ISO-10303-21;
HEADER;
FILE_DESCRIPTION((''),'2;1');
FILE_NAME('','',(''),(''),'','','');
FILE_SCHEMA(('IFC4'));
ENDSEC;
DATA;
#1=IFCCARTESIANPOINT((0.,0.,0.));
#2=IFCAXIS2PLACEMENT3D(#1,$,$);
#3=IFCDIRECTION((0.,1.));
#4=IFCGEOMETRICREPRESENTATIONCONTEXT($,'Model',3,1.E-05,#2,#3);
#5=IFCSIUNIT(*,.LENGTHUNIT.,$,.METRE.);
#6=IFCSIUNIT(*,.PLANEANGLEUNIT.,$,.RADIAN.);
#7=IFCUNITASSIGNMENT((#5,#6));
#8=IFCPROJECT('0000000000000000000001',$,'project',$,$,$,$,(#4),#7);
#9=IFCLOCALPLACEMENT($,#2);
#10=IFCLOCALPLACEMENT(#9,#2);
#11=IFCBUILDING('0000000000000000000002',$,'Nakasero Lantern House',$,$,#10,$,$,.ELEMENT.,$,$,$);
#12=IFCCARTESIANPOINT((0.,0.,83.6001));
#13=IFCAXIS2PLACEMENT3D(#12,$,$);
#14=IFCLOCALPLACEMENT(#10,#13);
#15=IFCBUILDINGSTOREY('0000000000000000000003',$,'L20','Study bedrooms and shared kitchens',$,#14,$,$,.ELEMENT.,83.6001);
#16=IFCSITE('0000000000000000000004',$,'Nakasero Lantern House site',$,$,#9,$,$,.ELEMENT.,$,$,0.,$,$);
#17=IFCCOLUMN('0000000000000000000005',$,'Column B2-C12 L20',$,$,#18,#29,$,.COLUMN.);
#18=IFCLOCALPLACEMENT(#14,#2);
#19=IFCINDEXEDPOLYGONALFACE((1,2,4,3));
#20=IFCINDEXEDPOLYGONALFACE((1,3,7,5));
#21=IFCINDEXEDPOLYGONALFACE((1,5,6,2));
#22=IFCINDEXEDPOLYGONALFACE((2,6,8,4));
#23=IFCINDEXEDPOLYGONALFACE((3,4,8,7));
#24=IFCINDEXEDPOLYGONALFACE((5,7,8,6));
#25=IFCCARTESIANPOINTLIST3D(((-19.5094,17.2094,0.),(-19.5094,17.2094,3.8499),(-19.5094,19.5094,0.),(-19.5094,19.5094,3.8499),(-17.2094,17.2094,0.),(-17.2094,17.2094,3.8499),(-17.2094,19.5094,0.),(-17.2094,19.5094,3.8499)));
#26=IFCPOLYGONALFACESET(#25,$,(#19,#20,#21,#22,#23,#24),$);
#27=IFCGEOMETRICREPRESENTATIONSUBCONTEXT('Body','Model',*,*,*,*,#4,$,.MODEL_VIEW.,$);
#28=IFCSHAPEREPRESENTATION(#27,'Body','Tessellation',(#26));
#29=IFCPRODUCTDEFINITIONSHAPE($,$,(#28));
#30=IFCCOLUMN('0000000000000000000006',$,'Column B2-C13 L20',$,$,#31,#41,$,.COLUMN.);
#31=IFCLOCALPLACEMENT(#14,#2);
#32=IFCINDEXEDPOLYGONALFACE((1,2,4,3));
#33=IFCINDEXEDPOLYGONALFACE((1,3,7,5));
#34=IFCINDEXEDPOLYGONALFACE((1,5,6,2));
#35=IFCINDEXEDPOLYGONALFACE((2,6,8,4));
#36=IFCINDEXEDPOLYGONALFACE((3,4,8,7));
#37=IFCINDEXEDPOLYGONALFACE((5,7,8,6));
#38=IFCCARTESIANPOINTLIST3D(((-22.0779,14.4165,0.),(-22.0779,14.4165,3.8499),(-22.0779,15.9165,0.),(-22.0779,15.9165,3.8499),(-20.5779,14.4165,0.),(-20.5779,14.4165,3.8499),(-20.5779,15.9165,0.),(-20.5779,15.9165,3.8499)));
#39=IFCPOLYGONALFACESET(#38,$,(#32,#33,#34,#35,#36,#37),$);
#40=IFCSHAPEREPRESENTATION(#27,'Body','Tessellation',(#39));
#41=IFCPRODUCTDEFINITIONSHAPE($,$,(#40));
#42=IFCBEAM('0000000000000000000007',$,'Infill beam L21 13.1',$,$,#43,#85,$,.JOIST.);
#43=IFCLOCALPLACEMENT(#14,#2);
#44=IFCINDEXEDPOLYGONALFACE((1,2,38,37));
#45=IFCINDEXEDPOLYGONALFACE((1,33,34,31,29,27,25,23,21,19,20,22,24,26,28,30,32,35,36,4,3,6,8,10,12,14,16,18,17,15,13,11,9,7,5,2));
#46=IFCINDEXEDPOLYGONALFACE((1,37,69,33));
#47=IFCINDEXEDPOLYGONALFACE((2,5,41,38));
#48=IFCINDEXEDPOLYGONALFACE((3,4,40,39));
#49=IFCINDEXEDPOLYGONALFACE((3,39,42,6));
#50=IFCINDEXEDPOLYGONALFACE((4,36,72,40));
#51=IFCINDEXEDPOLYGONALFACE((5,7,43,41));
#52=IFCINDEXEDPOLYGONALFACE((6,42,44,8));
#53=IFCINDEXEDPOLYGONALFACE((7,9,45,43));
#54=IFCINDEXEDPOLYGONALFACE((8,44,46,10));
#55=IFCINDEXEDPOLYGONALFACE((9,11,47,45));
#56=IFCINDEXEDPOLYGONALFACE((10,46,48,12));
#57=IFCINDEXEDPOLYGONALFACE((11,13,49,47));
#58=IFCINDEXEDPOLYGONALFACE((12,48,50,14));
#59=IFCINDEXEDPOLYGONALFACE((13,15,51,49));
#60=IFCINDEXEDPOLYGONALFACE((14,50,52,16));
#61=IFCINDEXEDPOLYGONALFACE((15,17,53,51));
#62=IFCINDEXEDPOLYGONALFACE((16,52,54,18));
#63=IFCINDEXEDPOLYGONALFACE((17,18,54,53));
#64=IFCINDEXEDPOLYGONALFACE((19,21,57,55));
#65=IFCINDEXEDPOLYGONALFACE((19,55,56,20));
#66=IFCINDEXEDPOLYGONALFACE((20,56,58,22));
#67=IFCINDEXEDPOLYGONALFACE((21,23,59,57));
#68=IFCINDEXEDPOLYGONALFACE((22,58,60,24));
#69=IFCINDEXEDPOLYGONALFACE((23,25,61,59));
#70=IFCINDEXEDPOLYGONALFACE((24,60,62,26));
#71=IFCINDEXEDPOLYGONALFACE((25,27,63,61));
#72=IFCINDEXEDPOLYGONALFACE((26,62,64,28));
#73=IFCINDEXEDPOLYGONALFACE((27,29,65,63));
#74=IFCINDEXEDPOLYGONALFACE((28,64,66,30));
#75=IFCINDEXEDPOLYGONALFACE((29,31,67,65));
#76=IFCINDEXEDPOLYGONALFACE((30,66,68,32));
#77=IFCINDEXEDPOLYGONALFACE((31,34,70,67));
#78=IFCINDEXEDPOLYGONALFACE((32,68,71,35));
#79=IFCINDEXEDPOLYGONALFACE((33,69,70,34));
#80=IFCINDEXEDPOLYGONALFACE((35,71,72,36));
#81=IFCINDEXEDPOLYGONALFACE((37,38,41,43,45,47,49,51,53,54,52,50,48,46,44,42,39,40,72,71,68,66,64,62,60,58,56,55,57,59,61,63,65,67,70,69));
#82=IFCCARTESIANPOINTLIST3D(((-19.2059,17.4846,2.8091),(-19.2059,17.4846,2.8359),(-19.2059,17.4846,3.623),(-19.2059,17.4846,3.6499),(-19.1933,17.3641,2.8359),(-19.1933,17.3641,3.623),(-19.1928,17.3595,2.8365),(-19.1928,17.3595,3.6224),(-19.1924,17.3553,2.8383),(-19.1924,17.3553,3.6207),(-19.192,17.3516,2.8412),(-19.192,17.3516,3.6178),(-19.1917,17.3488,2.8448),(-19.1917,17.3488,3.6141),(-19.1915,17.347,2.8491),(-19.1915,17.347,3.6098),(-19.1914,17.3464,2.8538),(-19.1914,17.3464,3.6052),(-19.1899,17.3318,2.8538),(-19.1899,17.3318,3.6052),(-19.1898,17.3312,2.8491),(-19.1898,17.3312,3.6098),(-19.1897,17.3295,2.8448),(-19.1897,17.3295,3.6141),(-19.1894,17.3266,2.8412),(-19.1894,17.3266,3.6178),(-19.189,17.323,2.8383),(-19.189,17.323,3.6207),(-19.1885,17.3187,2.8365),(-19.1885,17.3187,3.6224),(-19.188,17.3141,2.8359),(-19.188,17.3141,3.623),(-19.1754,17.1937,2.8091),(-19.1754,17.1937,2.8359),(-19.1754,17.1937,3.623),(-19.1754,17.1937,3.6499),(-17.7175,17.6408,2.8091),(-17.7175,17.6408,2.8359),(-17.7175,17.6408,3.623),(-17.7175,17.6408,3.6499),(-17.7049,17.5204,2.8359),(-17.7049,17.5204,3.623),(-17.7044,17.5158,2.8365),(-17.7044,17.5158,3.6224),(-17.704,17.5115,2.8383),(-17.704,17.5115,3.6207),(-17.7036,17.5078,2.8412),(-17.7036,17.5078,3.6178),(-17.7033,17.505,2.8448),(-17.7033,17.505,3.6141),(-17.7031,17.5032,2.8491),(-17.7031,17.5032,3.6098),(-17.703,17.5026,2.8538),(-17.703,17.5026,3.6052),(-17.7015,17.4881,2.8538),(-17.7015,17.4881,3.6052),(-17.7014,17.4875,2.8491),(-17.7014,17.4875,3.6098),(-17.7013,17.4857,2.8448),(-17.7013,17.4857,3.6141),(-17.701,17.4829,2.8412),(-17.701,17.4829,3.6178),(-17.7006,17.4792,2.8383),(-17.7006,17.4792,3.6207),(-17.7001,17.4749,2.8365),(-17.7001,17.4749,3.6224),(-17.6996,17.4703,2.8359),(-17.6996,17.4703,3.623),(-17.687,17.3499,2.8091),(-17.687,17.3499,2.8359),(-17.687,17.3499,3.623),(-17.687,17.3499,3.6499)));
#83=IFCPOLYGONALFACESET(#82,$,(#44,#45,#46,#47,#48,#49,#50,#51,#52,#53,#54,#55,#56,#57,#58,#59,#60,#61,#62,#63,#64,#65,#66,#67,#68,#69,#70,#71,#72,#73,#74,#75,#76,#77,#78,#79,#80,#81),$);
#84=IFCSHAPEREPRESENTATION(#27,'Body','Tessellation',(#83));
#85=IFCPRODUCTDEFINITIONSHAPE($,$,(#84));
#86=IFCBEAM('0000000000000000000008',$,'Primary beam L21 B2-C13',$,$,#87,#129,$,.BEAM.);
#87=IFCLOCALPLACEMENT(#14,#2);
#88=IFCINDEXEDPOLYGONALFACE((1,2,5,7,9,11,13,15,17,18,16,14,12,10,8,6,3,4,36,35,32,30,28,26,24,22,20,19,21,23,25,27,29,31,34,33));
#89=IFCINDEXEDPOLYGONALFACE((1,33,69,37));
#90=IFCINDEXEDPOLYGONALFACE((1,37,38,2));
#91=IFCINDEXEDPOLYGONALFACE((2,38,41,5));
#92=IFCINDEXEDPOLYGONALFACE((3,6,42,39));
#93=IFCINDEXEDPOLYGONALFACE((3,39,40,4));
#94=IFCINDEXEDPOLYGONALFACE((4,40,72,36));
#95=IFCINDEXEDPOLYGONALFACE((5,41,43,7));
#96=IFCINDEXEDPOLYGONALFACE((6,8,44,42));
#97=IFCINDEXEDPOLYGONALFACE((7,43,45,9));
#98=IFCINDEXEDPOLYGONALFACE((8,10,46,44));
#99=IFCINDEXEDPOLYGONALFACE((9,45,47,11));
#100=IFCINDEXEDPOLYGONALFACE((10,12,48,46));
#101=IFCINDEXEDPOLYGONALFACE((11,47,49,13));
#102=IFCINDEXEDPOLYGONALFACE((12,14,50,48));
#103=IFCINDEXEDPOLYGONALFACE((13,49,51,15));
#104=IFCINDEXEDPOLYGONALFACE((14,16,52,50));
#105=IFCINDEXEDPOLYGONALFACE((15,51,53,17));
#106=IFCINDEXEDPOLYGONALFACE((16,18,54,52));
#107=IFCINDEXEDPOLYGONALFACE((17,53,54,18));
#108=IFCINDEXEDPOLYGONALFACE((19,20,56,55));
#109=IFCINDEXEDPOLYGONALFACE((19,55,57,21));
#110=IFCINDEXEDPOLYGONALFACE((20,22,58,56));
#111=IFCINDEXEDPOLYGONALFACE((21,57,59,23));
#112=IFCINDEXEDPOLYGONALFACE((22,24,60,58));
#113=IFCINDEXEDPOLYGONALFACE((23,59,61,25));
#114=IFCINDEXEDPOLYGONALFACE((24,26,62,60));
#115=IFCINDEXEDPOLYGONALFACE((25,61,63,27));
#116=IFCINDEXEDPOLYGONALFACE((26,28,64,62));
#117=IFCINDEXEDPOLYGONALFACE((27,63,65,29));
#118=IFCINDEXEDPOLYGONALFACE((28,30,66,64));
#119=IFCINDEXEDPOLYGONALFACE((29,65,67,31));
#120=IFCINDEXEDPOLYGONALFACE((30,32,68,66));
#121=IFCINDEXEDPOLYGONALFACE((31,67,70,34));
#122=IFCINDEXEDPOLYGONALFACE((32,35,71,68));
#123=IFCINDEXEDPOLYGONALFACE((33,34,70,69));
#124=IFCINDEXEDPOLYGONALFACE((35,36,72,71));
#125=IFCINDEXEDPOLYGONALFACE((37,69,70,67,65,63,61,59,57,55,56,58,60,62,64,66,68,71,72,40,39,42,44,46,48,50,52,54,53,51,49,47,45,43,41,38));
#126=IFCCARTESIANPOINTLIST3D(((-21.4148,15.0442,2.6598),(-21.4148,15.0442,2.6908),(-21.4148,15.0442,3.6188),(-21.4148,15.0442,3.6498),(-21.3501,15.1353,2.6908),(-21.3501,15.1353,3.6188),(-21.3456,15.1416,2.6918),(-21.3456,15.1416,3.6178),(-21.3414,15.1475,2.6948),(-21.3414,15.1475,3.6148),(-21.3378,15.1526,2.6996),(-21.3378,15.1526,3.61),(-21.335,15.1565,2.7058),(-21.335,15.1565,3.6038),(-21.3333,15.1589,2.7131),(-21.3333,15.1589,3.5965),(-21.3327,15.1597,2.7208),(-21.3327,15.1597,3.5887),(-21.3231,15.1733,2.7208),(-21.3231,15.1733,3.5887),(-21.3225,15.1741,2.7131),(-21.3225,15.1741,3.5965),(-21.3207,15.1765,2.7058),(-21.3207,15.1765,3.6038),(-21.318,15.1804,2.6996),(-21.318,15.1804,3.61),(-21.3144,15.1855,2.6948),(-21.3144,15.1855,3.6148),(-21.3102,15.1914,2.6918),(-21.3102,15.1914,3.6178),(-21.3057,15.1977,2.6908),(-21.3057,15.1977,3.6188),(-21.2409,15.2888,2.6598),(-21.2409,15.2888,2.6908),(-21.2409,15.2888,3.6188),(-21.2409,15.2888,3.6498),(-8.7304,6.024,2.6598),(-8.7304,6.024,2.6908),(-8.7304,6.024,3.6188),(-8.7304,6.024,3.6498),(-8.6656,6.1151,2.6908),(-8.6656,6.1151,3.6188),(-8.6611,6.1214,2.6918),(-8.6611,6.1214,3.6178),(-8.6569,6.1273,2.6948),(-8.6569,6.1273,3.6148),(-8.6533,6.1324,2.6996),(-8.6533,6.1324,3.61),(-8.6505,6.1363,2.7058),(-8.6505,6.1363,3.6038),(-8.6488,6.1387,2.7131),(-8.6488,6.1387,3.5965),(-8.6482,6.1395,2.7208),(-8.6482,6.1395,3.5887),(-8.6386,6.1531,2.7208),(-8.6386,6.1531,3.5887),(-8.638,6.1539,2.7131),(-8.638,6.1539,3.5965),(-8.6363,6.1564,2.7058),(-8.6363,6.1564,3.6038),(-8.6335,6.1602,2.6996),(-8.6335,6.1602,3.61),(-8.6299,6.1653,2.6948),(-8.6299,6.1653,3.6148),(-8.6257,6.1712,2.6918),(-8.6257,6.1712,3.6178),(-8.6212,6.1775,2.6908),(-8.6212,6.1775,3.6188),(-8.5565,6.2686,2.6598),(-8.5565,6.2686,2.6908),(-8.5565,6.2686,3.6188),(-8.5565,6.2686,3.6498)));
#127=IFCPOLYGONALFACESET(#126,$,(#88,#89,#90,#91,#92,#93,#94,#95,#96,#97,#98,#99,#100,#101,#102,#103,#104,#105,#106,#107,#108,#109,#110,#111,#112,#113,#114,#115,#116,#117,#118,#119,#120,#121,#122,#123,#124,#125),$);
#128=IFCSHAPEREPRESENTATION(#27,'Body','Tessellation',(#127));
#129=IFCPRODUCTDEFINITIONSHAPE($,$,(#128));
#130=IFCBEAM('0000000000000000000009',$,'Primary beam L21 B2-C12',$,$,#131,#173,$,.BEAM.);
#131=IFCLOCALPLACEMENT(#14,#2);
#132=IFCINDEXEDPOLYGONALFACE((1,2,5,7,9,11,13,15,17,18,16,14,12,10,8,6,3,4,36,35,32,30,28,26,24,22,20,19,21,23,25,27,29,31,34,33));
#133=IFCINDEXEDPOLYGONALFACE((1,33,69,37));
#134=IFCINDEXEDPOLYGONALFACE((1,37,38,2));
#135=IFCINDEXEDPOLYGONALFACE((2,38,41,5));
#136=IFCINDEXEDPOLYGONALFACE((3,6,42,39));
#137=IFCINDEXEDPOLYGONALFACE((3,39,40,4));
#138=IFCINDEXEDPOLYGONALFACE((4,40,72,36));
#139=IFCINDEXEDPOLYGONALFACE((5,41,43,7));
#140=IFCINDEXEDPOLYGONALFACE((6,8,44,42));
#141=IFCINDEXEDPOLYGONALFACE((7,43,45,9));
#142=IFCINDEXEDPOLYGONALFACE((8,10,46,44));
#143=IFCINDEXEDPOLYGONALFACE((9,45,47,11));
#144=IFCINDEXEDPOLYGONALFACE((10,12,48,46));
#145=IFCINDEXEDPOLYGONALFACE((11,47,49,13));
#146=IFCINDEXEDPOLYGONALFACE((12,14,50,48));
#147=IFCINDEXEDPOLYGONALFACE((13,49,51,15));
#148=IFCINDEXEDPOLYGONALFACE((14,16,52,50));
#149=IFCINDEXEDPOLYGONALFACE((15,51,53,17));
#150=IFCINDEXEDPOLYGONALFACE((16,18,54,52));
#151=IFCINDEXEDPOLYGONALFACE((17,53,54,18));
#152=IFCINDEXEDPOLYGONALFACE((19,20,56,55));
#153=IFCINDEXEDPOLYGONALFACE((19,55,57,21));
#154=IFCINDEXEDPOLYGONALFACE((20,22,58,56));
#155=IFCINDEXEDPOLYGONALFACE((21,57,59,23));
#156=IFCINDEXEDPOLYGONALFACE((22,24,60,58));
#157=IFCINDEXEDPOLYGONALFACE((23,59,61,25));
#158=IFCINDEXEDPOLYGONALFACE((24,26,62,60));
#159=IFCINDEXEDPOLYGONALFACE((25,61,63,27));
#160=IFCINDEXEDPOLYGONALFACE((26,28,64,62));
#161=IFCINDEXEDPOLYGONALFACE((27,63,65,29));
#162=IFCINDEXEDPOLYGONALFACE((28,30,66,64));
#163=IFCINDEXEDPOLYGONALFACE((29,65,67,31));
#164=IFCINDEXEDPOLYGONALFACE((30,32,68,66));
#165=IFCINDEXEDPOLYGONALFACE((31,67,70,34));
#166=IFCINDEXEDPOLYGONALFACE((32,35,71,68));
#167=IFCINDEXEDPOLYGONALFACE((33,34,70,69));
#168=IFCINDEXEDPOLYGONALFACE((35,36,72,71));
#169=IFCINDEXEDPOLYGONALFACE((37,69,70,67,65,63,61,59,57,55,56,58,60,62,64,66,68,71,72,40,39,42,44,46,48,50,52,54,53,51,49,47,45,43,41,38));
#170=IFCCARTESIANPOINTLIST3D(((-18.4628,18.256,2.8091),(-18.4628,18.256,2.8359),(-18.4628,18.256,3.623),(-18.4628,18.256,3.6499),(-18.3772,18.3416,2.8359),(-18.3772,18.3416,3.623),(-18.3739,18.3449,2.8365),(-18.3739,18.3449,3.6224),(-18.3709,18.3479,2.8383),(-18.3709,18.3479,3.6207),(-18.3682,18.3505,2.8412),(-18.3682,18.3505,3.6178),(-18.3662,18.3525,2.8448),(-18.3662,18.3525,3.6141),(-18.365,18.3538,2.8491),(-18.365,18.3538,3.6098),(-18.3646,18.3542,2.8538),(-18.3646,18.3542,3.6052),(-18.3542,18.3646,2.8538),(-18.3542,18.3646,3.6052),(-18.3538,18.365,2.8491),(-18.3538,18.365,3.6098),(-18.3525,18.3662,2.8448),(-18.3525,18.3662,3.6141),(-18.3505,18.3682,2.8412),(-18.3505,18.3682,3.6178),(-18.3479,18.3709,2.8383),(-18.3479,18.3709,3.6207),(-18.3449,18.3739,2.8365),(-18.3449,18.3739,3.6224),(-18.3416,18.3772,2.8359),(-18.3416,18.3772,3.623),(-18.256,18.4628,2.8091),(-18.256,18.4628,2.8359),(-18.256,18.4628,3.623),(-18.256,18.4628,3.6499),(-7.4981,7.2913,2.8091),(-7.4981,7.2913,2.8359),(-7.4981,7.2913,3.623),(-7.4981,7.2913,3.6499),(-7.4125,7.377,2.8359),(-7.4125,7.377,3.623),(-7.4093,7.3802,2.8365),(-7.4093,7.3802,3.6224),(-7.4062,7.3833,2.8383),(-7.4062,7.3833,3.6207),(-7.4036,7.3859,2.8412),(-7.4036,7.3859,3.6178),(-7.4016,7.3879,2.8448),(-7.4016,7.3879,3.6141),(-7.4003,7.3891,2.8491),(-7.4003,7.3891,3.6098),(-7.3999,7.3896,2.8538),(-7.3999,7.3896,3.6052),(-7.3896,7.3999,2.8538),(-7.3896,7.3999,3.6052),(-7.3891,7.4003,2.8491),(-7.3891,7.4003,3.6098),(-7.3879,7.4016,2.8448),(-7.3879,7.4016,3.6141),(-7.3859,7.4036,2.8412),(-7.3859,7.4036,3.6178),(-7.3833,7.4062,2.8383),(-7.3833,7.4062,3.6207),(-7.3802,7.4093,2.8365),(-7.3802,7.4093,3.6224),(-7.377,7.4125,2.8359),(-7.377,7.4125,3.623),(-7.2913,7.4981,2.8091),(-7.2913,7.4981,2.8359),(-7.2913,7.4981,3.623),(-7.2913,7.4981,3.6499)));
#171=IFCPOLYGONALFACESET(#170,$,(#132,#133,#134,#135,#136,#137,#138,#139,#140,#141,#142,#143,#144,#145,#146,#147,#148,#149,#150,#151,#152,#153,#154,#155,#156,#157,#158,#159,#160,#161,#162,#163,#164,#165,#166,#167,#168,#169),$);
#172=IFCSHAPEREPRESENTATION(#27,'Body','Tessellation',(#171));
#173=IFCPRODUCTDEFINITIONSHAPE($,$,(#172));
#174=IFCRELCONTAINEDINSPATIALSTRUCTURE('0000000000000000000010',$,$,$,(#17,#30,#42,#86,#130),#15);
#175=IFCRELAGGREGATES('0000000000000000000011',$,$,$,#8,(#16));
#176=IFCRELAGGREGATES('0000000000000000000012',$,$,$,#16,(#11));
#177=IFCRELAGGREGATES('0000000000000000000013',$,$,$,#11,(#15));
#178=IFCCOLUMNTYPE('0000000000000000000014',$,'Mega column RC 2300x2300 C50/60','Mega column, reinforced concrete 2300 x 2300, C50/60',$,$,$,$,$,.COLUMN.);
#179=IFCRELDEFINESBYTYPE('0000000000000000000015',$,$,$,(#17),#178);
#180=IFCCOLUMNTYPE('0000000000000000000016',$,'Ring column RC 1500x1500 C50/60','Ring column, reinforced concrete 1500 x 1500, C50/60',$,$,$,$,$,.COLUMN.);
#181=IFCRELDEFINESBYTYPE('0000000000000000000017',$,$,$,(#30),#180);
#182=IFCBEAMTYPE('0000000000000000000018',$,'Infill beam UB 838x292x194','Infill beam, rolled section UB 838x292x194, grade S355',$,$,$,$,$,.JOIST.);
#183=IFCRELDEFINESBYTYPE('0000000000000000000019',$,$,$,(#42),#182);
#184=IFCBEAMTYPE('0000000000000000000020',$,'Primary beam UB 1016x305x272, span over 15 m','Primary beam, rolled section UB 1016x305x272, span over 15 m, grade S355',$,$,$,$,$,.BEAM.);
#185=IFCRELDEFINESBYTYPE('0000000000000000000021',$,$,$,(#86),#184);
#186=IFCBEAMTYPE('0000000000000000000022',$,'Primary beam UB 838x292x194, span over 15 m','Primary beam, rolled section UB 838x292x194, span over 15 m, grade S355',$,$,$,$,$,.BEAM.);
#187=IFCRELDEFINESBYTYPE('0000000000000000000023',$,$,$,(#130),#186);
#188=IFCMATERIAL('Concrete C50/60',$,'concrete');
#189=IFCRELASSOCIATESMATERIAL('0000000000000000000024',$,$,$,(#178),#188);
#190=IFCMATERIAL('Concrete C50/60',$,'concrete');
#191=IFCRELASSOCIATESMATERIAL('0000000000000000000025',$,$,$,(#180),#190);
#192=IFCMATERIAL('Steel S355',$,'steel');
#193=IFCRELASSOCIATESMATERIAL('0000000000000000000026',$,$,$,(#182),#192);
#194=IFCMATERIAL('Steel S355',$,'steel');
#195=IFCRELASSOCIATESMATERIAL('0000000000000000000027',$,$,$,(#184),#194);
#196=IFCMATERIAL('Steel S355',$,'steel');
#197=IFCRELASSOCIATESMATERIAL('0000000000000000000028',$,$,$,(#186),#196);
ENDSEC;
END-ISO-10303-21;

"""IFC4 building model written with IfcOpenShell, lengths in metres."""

from ifc_helpers import new_model, si_unit, direction, frame, origin, origin_2d, place, context, subcontext, project, spatial, rectangle, i_section, extrude, material, material_profile, profile_set, type_object, element, save


model = new_model("IFC4")

# Units and contexts
model_context = context("Model", 3, precision=1e-05, world=origin(), true_north=direction((0.0, 1.0)))
body_context = subcontext(model_context, "Body", "Model", "MODEL_VIEW")
ifc_project = project(units=[si_unit("LENGTHUNIT", "METRE"), si_unit("PLANEANGLEUNIT", "RADIAN")], contexts=[model_context])

# Site, building, storey
site_placement = place(None, origin())
site = spatial("IfcSite", under=ifc_project, at=site_placement, Name="Nakasero Lantern House site", CompositionType="ELEMENT", RefElevation=0.0)
building_placement = place(site_placement, origin())
building = spatial("IfcBuilding", under=site, at=building_placement, Name="Nakasero Lantern House", CompositionType="ELEMENT")
storey_placement = place(building_placement, frame((0.0, 0.0, 83.6001)))
storey = spatial("IfcBuildingStorey", under=building, at=storey_placement, Name="L20", Description="Study bedrooms and shared kitchens", CompositionType="ELEMENT", Elevation=83.6001)

# Columns
ifc_material_1 = material(Name="Concrete C50/60", Category="concrete")
ifc_material_profile_1 = material_profile(ifc_material_1, rectangle(XDim=2.3, YDim=2.3, at=origin_2d()), Name="RC 2300x2300")
ifc_profile_set_1 = profile_set([ifc_material_profile_1], Name="Concrete C50/60")
column_type_1 = type_object("IfcColumnType", Name="Mega column RC 2300x2300 C50/60", Description="Mega column, reinforced concrete 2300 x 2300, C50/60", PredefinedType="COLUMN", material=ifc_profile_set_1)
column_1_placement = place(storey_placement, frame((-18.3594, 18.3594, 0.0), z_axis=(0.0, 0.0, 1.0), x_axis=(1.0, 0.0, 0.0)))
element("IfcColumn", 1, at=column_1_placement, inside=storey, type_object=column_type_1, Name="Column B2-C12 L20", PredefinedType="COLUMN", context=body_context, shape_type="SweptSolid", body=[
    extrude(rectangle(XDim=2.3, YDim=2.3, at=origin_2d()), origin(), (0.0, 0.0, 1.0), 3.8499),
])
ifc_material_2 = material(Name="Concrete C50/60", Category="concrete")
ifc_material_profile_2 = material_profile(ifc_material_2, rectangle(XDim=1.5, YDim=1.5, at=origin_2d()), Name="RC 1500x1500")
ifc_profile_set_2 = profile_set([ifc_material_profile_2], Name="Concrete C50/60")
column_type_2 = type_object("IfcColumnType", Name="Ring column RC 1500x1500 C50/60", Description="Ring column, reinforced concrete 1500 x 1500, C50/60", PredefinedType="COLUMN", material=ifc_profile_set_2)
column_2_placement = place(storey_placement, frame((-21.3279, 15.1665, 0.0), z_axis=(0.0, 0.0, 1.0), x_axis=(1.0, 0.0, 0.0)))
element("IfcColumn", 2, at=column_2_placement, inside=storey, type_object=column_type_2, Name="Column B2-C13 L20", PredefinedType="COLUMN", context=body_context, shape_type="SweptSolid", body=[
    extrude(rectangle(XDim=1.5, YDim=1.5, at=origin_2d()), origin(), (0.0, 0.0, 1.0), 3.8499),
])

# Beams
ifc_material_3 = material(Name="Steel S355", Category="steel")
ifc_material_profile_3 = material_profile(ifc_material_3, i_section(OverallWidth=0.2925, OverallDepth=0.8408, WebThickness=0.0146, FlangeThickness=0.0269, FilletRadius=0.0178, at=origin_2d()), Name="UB 838x292x194")
ifc_profile_set_3 = profile_set([ifc_material_profile_3], Name="Steel S355")
beam_type_1 = type_object("IfcBeamType", Name="Infill beam UB 838x292x194", Description="Infill beam, rolled section UB 838x292x194, grade S355", PredefinedType="JOIST", material=ifc_profile_set_3)
beam_1_placement = place(storey_placement, frame((-19.1907, 17.3391, 3.2295), z_axis=(0.994536, 0.104396, 0.0), x_axis=(-0.104396, 0.994536, 0.0)))
element("IfcBeam", 3, at=beam_1_placement, inside=storey, type_object=beam_type_1, Name="Infill beam L21 13.1", PredefinedType="JOIST", context=body_context, shape_type="SweptSolid", body=[
    extrude(i_section(OverallWidth=0.2925, OverallDepth=0.8408, WebThickness=0.0146, FlangeThickness=0.0269, FilletRadius=0.0178, at=origin_2d()), origin(), (0.0, 0.0, 1.0), 1.4966),
])
ifc_material_4 = material(Name="Steel S355", Category="steel")
ifc_material_profile_4 = material_profile(ifc_material_4, i_section(OverallWidth=0.3, OverallDepth=0.99, WebThickness=0.0166, FlangeThickness=0.031, FilletRadius=0.03, at=origin_2d()), Name="UB 1016x305x272")
ifc_profile_set_4 = profile_set([ifc_material_profile_4], Name="Steel S355")
beam_type_2 = type_object("IfcBeamType", Name="Primary beam UB 1016x305x272, span over 15 m", Description="Primary beam, rolled section UB 1016x305x272, span over 15 m, grade S355", PredefinedType="BEAM", material=ifc_profile_set_4)
beam_2_placement = place(storey_placement, frame((-21.3279, 15.1665, 3.1548), z_axis=(0.814952, -0.579529, 0.0), x_axis=(0.579529, 0.814952, 0.0)))
element("IfcBeam", 4, at=beam_2_placement, inside=storey, type_object=beam_type_2, Name="Primary beam L21 B2-C13", PredefinedType="BEAM", context=body_context, shape_type="SweptSolid", body=[
    extrude(i_section(OverallWidth=0.3, OverallDepth=0.99, WebThickness=0.0166, FlangeThickness=0.031, FilletRadius=0.03, at=origin_2d()), origin(), (0.0, 0.0, 1.0), 15.5647),
])
ifc_material_5 = material(Name="Steel S355", Category="steel")
ifc_material_profile_5 = material_profile(ifc_material_5, i_section(OverallWidth=0.2925, OverallDepth=0.8408, WebThickness=0.0146, FlangeThickness=0.0269, FilletRadius=0.0178, at=origin_2d()), Name="UB 838x292x194")
ifc_profile_set_5 = profile_set([ifc_material_profile_5], Name="Steel S355")
beam_type_3 = type_object("IfcBeamType", Name="Primary beam UB 838x292x194, span over 15 m", Description="Primary beam, rolled section UB 838x292x194, span over 15 m, grade S355", PredefinedType="BEAM", material=ifc_profile_set_5)
beam_3_placement = place(storey_placement, frame((-18.3594, 18.3594, 3.2295), z_axis=(0.707107, -0.707107, 0.0), x_axis=(0.707107, 0.707107, 0.0)))
element("IfcBeam", 5, at=beam_3_placement, inside=storey, type_object=beam_type_3, Name="Primary beam L21 B2-C12", PredefinedType="BEAM", context=body_context, shape_type="SweptSolid", body=[
    extrude(i_section(OverallWidth=0.2925, OverallDepth=0.8408, WebThickness=0.0146, FlangeThickness=0.0269, FilletRadius=0.0178, at=origin_2d()), origin(), (0.0, 0.0, 1.0), 15.5063),
])

save(model, "model.ifc")
